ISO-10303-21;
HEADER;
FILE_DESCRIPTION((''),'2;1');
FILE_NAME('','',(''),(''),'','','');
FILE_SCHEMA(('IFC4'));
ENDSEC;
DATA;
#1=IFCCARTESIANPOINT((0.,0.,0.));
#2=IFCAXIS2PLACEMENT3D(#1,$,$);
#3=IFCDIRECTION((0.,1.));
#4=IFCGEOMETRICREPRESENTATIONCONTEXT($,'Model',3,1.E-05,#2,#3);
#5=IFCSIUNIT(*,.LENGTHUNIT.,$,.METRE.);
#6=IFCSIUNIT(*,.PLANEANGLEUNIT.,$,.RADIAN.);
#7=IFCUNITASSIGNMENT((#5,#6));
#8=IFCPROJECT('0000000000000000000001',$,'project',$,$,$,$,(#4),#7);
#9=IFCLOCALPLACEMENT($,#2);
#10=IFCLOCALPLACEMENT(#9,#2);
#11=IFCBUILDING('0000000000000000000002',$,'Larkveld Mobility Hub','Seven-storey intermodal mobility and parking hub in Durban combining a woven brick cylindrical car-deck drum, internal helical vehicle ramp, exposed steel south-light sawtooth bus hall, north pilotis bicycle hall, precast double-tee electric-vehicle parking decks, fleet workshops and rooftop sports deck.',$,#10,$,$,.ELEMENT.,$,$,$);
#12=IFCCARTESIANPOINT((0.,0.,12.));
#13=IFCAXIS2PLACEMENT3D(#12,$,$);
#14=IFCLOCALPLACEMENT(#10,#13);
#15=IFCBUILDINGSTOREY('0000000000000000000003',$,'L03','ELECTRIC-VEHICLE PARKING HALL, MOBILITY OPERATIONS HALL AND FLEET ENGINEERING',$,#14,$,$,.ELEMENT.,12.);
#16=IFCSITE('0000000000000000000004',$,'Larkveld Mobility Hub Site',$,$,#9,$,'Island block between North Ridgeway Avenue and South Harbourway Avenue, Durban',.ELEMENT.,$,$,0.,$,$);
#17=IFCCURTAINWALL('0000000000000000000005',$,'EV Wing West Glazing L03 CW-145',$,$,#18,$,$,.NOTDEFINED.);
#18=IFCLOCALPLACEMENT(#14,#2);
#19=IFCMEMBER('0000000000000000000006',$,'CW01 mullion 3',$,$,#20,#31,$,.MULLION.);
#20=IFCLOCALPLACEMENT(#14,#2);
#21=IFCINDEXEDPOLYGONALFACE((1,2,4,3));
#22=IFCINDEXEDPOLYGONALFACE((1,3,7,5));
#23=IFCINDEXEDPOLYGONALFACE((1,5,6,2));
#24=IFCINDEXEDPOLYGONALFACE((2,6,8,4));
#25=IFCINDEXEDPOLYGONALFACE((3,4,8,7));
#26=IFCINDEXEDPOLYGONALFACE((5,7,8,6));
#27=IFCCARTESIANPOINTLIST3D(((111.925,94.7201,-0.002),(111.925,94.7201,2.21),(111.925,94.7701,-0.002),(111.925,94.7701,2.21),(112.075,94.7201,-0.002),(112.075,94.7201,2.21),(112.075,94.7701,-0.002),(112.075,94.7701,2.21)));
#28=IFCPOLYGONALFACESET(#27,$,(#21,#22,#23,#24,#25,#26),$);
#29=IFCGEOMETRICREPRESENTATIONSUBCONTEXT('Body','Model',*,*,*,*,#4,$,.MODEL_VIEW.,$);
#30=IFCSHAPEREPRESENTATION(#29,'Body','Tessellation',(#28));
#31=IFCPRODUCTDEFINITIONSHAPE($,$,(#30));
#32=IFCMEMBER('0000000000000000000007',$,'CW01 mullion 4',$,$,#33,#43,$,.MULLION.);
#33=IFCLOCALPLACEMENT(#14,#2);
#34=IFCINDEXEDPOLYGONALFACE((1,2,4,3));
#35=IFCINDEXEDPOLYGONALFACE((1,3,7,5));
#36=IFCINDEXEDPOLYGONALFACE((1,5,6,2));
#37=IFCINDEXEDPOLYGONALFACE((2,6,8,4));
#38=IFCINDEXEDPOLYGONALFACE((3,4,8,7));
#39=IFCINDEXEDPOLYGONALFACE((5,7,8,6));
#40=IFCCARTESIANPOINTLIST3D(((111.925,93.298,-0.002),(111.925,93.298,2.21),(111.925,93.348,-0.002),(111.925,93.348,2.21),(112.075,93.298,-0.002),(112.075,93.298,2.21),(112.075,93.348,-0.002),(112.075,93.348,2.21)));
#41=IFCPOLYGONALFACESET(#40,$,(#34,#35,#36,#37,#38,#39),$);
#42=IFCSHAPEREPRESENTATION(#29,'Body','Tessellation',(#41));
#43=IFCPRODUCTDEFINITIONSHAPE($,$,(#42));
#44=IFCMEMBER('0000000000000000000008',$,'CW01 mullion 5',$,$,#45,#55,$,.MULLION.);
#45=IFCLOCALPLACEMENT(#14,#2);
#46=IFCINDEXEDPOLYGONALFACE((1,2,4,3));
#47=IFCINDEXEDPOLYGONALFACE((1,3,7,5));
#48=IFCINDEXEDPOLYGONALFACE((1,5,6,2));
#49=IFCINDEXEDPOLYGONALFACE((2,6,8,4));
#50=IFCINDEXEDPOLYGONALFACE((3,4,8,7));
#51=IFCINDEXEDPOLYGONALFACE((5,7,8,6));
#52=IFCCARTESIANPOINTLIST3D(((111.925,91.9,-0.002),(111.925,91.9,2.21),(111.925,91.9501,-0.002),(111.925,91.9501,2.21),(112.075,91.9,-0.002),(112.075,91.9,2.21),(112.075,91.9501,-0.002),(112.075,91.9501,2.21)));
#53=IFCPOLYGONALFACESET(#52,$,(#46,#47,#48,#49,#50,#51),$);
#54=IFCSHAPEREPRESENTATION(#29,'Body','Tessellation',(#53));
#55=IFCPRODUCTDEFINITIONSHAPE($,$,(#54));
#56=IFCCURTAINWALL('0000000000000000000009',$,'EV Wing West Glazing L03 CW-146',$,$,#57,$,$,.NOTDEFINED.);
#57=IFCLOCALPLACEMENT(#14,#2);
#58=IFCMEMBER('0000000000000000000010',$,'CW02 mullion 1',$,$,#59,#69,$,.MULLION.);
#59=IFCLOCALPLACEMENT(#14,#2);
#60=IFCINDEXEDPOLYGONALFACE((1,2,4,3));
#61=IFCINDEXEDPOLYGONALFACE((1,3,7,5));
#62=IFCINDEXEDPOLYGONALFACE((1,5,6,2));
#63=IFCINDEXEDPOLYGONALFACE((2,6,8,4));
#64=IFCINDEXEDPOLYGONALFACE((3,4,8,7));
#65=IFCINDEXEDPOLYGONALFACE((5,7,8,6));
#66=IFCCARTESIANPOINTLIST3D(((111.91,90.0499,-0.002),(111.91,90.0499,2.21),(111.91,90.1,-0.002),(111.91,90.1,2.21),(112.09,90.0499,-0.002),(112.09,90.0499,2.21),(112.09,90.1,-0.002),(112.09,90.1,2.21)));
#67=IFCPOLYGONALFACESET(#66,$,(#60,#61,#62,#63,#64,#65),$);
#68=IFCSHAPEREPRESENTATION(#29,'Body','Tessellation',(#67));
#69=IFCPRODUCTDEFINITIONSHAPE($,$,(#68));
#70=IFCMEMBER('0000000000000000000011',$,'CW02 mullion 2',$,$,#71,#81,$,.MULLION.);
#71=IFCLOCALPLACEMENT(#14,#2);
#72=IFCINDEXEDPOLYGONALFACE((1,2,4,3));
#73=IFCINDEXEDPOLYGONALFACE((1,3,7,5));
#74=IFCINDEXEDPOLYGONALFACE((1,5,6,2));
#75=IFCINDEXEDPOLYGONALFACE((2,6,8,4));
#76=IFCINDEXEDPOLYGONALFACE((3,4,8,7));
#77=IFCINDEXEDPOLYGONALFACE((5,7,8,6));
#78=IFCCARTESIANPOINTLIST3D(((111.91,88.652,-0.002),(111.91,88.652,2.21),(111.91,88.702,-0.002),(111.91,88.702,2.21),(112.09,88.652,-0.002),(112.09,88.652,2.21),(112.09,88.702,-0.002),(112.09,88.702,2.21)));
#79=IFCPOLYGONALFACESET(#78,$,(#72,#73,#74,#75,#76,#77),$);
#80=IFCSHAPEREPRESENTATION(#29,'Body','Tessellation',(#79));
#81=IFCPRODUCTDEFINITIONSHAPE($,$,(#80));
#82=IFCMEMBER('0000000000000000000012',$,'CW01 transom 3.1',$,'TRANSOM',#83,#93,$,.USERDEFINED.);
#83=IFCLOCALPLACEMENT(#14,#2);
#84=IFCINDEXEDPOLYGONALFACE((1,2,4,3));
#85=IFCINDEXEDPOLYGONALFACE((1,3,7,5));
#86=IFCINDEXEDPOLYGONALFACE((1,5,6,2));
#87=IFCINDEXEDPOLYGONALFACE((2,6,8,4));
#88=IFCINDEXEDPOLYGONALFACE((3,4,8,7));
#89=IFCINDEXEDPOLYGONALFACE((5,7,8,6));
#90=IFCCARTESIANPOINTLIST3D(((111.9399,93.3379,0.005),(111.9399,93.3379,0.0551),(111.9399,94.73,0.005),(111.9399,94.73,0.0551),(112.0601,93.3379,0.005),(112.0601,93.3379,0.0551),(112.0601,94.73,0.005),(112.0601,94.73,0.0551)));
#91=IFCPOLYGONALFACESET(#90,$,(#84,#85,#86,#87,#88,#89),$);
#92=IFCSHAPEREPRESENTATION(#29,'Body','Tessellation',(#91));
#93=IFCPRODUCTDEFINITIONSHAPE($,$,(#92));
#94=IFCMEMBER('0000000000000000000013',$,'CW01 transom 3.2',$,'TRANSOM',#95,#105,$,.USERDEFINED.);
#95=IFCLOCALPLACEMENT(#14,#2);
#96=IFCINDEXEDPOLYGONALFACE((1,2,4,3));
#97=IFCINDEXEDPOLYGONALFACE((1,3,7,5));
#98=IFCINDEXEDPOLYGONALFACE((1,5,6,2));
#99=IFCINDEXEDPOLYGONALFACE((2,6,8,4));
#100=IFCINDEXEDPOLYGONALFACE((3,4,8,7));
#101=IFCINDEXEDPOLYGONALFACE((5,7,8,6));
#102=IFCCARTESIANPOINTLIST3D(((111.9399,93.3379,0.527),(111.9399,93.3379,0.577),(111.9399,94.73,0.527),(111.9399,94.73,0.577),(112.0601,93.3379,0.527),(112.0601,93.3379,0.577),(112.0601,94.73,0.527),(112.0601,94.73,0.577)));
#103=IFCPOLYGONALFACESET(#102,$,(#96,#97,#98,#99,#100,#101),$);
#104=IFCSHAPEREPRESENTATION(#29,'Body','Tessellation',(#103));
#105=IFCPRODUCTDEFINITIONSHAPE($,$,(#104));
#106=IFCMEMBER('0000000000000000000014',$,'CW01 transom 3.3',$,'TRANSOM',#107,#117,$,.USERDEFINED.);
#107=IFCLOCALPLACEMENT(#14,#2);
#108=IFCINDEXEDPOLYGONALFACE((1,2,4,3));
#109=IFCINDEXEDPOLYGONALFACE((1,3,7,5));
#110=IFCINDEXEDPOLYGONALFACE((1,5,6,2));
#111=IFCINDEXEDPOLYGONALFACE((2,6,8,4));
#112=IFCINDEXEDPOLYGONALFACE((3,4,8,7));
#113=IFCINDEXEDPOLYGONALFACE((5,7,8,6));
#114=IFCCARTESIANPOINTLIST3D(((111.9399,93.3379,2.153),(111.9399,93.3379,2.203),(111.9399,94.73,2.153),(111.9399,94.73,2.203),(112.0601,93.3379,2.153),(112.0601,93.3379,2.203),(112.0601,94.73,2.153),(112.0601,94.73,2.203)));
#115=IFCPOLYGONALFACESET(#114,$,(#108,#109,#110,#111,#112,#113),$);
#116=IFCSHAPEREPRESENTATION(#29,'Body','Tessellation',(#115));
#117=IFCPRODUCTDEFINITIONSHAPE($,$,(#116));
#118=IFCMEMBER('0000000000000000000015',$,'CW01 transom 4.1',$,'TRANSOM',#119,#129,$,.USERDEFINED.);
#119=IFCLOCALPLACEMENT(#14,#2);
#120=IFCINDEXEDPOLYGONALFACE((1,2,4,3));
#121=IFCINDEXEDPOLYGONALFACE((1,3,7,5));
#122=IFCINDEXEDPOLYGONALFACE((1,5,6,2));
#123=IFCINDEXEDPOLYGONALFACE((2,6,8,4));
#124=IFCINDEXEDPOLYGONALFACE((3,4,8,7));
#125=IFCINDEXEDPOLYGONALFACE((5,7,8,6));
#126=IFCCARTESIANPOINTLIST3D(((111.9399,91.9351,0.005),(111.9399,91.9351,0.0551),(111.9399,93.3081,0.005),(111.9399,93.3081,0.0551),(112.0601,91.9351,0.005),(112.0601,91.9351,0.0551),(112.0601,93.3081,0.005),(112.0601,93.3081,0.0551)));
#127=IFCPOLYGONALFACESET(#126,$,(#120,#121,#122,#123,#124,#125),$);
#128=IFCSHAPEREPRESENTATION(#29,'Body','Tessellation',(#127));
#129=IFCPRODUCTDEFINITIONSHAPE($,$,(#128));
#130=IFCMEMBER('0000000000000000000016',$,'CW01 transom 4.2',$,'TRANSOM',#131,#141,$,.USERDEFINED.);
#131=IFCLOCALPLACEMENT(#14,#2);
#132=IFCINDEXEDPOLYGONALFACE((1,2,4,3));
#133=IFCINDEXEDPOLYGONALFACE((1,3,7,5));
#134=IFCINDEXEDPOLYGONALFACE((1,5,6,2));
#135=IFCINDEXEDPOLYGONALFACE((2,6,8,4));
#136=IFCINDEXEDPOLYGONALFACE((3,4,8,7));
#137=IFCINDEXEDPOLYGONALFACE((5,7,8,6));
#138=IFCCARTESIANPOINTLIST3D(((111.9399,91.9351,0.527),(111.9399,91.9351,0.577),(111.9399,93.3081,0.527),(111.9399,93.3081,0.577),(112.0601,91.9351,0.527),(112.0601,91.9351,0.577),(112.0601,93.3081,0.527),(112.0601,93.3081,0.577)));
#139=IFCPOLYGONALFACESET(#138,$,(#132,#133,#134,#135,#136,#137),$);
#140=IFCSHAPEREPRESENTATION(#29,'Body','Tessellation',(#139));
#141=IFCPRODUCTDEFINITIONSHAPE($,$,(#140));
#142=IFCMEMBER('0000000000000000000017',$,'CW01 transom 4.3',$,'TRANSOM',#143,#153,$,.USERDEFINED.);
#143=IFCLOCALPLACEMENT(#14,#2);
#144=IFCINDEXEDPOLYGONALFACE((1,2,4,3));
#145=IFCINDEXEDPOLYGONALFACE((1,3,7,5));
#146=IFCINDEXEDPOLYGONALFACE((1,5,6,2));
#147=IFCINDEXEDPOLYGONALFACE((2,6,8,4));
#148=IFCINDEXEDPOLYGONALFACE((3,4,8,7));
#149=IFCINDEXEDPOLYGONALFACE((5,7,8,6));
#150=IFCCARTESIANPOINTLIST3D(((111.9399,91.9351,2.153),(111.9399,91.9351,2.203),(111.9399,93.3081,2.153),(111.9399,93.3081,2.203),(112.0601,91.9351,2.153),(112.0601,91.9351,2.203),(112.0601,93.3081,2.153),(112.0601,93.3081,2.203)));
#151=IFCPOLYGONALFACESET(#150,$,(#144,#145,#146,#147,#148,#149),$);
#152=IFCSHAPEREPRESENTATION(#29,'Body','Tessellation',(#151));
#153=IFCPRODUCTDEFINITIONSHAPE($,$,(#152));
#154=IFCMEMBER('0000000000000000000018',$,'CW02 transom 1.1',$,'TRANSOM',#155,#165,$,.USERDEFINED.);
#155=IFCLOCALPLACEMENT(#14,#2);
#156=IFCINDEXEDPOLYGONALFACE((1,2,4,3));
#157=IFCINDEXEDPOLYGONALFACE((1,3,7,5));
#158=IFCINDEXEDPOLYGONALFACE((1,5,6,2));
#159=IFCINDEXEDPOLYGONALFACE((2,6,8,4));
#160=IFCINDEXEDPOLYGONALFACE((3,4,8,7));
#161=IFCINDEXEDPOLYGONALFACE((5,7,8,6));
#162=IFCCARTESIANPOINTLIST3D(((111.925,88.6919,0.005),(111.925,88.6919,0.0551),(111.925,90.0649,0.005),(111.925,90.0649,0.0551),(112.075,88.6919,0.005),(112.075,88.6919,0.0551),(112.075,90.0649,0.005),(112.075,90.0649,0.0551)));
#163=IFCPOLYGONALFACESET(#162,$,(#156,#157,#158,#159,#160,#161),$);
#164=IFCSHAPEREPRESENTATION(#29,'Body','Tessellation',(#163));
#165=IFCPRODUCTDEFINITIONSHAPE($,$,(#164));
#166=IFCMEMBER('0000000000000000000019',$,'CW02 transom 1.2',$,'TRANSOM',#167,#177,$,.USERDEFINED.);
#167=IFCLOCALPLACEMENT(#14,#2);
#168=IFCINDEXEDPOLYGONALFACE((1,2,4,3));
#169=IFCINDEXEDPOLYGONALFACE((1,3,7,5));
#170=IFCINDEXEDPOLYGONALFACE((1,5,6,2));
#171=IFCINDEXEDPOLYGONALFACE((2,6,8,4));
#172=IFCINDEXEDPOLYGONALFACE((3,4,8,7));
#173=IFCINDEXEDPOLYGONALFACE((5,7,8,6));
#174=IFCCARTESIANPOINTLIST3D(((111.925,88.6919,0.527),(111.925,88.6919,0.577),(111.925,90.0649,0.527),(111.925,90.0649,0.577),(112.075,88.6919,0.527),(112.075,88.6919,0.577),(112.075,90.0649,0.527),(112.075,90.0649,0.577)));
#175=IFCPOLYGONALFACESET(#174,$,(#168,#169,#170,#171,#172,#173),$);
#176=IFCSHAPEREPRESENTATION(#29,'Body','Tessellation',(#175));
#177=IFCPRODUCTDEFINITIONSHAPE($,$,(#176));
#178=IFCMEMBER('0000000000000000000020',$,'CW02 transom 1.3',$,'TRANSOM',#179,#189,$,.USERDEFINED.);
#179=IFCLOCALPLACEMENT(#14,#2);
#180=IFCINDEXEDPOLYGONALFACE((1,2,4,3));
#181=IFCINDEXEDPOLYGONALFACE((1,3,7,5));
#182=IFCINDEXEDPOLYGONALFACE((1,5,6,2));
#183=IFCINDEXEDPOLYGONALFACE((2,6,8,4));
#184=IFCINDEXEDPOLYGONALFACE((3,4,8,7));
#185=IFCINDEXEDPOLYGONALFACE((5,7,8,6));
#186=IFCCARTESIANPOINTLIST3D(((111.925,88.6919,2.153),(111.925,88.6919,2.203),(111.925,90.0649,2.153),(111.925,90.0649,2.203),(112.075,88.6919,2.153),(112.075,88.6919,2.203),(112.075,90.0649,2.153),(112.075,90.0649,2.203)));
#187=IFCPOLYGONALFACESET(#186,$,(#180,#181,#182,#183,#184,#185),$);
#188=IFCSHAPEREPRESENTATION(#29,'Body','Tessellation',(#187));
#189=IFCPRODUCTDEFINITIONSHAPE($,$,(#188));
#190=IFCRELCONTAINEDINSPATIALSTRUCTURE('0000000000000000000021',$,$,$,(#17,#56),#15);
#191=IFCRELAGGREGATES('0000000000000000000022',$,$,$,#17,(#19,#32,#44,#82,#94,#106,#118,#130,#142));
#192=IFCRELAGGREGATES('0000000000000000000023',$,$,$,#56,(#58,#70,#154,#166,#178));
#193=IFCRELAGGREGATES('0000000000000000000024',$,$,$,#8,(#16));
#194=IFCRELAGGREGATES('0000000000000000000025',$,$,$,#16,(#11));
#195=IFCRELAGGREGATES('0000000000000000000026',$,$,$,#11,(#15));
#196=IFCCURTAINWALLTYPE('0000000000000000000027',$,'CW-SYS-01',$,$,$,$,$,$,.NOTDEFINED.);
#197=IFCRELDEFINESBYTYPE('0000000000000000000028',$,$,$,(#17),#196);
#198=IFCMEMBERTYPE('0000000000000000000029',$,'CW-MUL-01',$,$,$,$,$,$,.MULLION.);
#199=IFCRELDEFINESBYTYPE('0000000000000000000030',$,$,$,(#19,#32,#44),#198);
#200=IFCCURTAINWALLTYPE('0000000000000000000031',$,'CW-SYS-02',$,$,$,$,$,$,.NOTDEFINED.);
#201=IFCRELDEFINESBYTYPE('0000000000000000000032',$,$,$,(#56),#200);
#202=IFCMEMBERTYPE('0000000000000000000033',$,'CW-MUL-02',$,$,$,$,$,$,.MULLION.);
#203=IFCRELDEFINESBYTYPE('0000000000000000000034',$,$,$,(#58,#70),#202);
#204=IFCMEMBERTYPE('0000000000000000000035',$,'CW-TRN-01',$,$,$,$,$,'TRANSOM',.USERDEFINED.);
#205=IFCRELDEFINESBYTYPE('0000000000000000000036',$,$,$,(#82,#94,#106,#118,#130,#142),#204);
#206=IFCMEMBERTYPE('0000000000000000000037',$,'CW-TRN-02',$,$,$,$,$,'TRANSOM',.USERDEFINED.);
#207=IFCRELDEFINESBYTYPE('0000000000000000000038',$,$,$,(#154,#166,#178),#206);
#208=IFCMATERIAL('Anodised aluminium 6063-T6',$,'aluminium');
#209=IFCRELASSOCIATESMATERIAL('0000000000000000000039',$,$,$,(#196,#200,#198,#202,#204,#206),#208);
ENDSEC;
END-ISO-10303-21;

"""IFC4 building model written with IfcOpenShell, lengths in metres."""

from ifc_helpers import new_model, si_unit, direction, frame, origin, origin_2d, place, context, subcontext, project, spatial, rectangle, extrude, material, material_profile, profile_set, type_object, element, aggregate, save


model = new_model("IFC4")

# Units and contexts
model_context = context("Model", 3, precision=1e-05, world=origin(), true_north=direction((0.0, 1.0)))
body_context = subcontext(model_context, "Body", "Model", "MODEL_VIEW")
ifc_project = project(units=[si_unit("LENGTHUNIT", "METRE"), si_unit("PLANEANGLEUNIT", "RADIAN")], contexts=[model_context])

# Site, building, storey
site_placement = place(None, origin())
site = spatial("IfcSite", under=ifc_project, at=site_placement, Name="Larkveld Mobility Hub Site", LongName="Island block between North Ridgeway Avenue and South Harbourway Avenue, Durban", CompositionType="ELEMENT", RefElevation=0.0)
building_placement = place(site_placement, origin())
building = spatial("IfcBuilding", under=site, at=building_placement, Name="Larkveld Mobility Hub", Description="Seven-storey intermodal mobility and parking hub in Durban combining a woven brick cylindrical car-deck drum, internal helical vehicle ramp, exposed steel south-light sawtooth bus hall, north pilotis bicycle hall, precast double-tee electric-vehicle parking decks, fleet workshops and rooftop sports deck.", CompositionType="ELEMENT")
storey_placement = place(building_placement, frame((0.0, 0.0, 12.0)))
storey = spatial("IfcBuildingStorey", under=building, at=storey_placement, Name="L03", Description="ELECTRIC-VEHICLE PARKING HALL, MOBILITY OPERATIONS HALL AND FLEET ENGINEERING", CompositionType="ELEMENT", Elevation=12.0)

# Curtain walls, members
ifc_material_1 = material(Name="Anodised aluminium 6063-T6", Category="aluminium")
curtain_wall_type_1 = type_object("IfcCurtainWallType", Name="CW-SYS-01", PredefinedType="NOTDEFINED", material=ifc_material_1)
curtain_wall_1_placement = place(storey_placement, origin())
curtain_wall_1 = element("IfcCurtainWall", 1, at=curtain_wall_1_placement, inside=storey, type_object=curtain_wall_type_1, Name="EV Wing West Glazing L03 CW-145", PredefinedType="NOTDEFINED")
ifc_material_profile_1 = material_profile(ifc_material_1, rectangle(XDim=0.05, YDim=0.1499, at=origin_2d()), Name="ALU MULL 50x150")
ifc_profile_set_1 = profile_set([ifc_material_profile_1], Name="Anodised aluminium 6063-T6")
member_type_1 = type_object("IfcMemberType", Name="CW-MUL-01", PredefinedType="MULLION", material=ifc_profile_set_1)
member_1_placement = place(storey_placement, frame((112.0, 94.7451, -0.002), z_axis=(0.0, 0.0, 1.0), x_axis=(0.0, -1.0, 0.0)))
member_1 = element("IfcMember", 2, at=member_1_placement, type_object=member_type_1, Name="CW01 mullion 3", PredefinedType="MULLION", context=body_context, shape_type="SweptSolid", body=[
    extrude(rectangle(XDim=0.05, YDim=0.1499, at=origin_2d()), origin(), (0.0, 0.0, 1.0), 2.2119),
])
member_2_placement = place(storey_placement, frame((112.0, 93.323, -0.002), z_axis=(0.0, 0.0, 1.0), x_axis=(0.0, -1.0, 0.0)))
member_2 = element("IfcMember", 3, at=member_2_placement, type_object=member_type_1, Name="CW01 mullion 4", PredefinedType="MULLION", context=body_context, shape_type="SweptSolid", body=[
    extrude(rectangle(XDim=0.05, YDim=0.1499, at=origin_2d()), origin(), (0.0, 0.0, 1.0), 2.2119),
])
member_3_placement = place(storey_placement, frame((112.0, 91.925, -0.002), z_axis=(0.0, 0.0, 1.0), x_axis=(0.0, -1.0, 0.0)))
member_3 = element("IfcMember", 4, at=member_3_placement, type_object=member_type_1, Name="CW01 mullion 5", PredefinedType="MULLION", context=body_context, shape_type="SweptSolid", body=[
    extrude(rectangle(XDim=0.05, YDim=0.1499, at=origin_2d()), origin(), (0.0, 0.0, 1.0), 2.2119),
])
curtain_wall_type_2 = type_object("IfcCurtainWallType", Name="CW-SYS-02", PredefinedType="NOTDEFINED", material=ifc_material_1)
curtain_wall_2_placement = place(storey_placement, origin())
curtain_wall_2 = element("IfcCurtainWall", 5, at=curtain_wall_2_placement, inside=storey, type_object=curtain_wall_type_2, Name="EV Wing West Glazing L03 CW-146", PredefinedType="NOTDEFINED")
ifc_material_profile_2 = material_profile(ifc_material_1, rectangle(XDim=0.05, YDim=0.1799, at=origin_2d()), Name="ALU MULL 50x180")
ifc_profile_set_2 = profile_set([ifc_material_profile_2], Name="Anodised aluminium 6063-T6")
member_type_2 = type_object("IfcMemberType", Name="CW-MUL-02", PredefinedType="MULLION", material=ifc_profile_set_2)
member_4_placement = place(storey_placement, frame((112.0, 90.075, -0.002), z_axis=(0.0, 0.0, 1.0), x_axis=(0.0, -1.0, 0.0)))
member_4 = element("IfcMember", 6, at=member_4_placement, type_object=member_type_2, Name="CW02 mullion 1", PredefinedType="MULLION", context=body_context, shape_type="SweptSolid", body=[
    extrude(rectangle(XDim=0.05, YDim=0.1799, at=origin_2d()), origin(), (0.0, 0.0, 1.0), 2.2119),
])
member_5_placement = place(storey_placement, frame((112.0, 88.677, -0.002), z_axis=(0.0, 0.0, 1.0), x_axis=(0.0, -1.0, 0.0)))
member_5 = element("IfcMember", 7, at=member_5_placement, type_object=member_type_2, Name="CW02 mullion 2", PredefinedType="MULLION", context=body_context, shape_type="SweptSolid", body=[
    extrude(rectangle(XDim=0.05, YDim=0.1799, at=origin_2d()), origin(), (0.0, 0.0, 1.0), 2.2119),
])

# Members
ifc_material_profile_3 = material_profile(ifc_material_1, rectangle(XDim=0.1201, YDim=0.05, at=origin_2d()), Name="ALU TRAN 50x120")
ifc_profile_set_3 = profile_set([ifc_material_profile_3], Name="Anodised aluminium 6063-T6")
member_type_3 = type_object("IfcMemberType", Name="CW-TRN-01", ElementType="TRANSOM", PredefinedType="USERDEFINED", material=ifc_profile_set_3)
member_6_placement = place(storey_placement, frame((112.0, 94.73, 0.03), z_axis=(0.0, -1.0, 0.0), x_axis=(1.0, 0.0, 0.0)))
member_6 = element("IfcMember", 8, at=member_6_placement, type_object=member_type_3, Name="CW01 transom 3.1", ObjectType="TRANSOM", PredefinedType="USERDEFINED", context=body_context, shape_type="SweptSolid", body=[
    extrude(rectangle(XDim=0.1201, YDim=0.05, at=origin_2d()), origin(), (0.0, 0.0, 1.0), 1.3921),
])
member_7_placement = place(storey_placement, frame((112.0, 94.73, 0.552), z_axis=(0.0, -1.0, 0.0), x_axis=(1.0, 0.0, 0.0)))
member_7 = element("IfcMember", 9, at=member_7_placement, type_object=member_type_3, Name="CW01 transom 3.2", ObjectType="TRANSOM", PredefinedType="USERDEFINED", context=body_context, shape_type="SweptSolid", body=[
    extrude(rectangle(XDim=0.1201, YDim=0.05, at=origin_2d()), origin(), (0.0, 0.0, 1.0), 1.3921),
])
member_8_placement = place(storey_placement, frame((112.0, 94.73, 2.178), z_axis=(0.0, -1.0, 0.0), x_axis=(1.0, 0.0, 0.0)))
member_8 = element("IfcMember", 10, at=member_8_placement, type_object=member_type_3, Name="CW01 transom 3.3", ObjectType="TRANSOM", PredefinedType="USERDEFINED", context=body_context, shape_type="SweptSolid", body=[
    extrude(rectangle(XDim=0.1201, YDim=0.05, at=origin_2d()), origin(), (0.0, 0.0, 1.0), 1.3921),
])
member_9_placement = place(storey_placement, frame((112.0, 93.3081, 0.03), z_axis=(0.0, -1.0, 0.0), x_axis=(1.0, 0.0, 0.0)))
member_9 = element("IfcMember", 11, at=member_9_placement, type_object=member_type_3, Name="CW01 transom 4.1", ObjectType="TRANSOM", PredefinedType="USERDEFINED", context=body_context, shape_type="SweptSolid", body=[
    extrude(rectangle(XDim=0.1201, YDim=0.05, at=origin_2d()), origin(), (0.0, 0.0, 1.0), 1.373),
])
member_10_placement = place(storey_placement, frame((112.0, 93.3081, 0.552), z_axis=(0.0, -1.0, 0.0), x_axis=(1.0, 0.0, 0.0)))
member_10 = element("IfcMember", 12, at=member_10_placement, type_object=member_type_3, Name="CW01 transom 4.2", ObjectType="TRANSOM", PredefinedType="USERDEFINED", context=body_context, shape_type="SweptSolid", body=[
    extrude(rectangle(XDim=0.1201, YDim=0.05, at=origin_2d()), origin(), (0.0, 0.0, 1.0), 1.373),
])
member_11_placement = place(storey_placement, frame((112.0, 93.3081, 2.178), z_axis=(0.0, -1.0, 0.0), x_axis=(1.0, 0.0, 0.0)))
member_11 = element("IfcMember", 13, at=member_11_placement, type_object=member_type_3, Name="CW01 transom 4.3", ObjectType="TRANSOM", PredefinedType="USERDEFINED", context=body_context, shape_type="SweptSolid", body=[
    extrude(rectangle(XDim=0.1201, YDim=0.05, at=origin_2d()), origin(), (0.0, 0.0, 1.0), 1.373),
])
ifc_material_profile_4 = material_profile(ifc_material_1, rectangle(XDim=0.1499, YDim=0.05, at=origin_2d()), Name="ALU TRAN 50x150")
ifc_profile_set_4 = profile_set([ifc_material_profile_4], Name="Anodised aluminium 6063-T6")
member_type_4 = type_object("IfcMemberType", Name="CW-TRN-02", ElementType="TRANSOM", PredefinedType="USERDEFINED", material=ifc_profile_set_4)
member_12_placement = place(storey_placement, frame((112.0, 90.0649, 0.03), z_axis=(0.0, -1.0, 0.0), x_axis=(1.0, 0.0, 0.0)))
member_12 = element("IfcMember", 14, at=member_12_placement, type_object=member_type_4, Name="CW02 transom 1.1", ObjectType="TRANSOM", PredefinedType="USERDEFINED", context=body_context, shape_type="SweptSolid", body=[
    extrude(rectangle(XDim=0.1499, YDim=0.05, at=origin_2d()), origin(), (0.0, 0.0, 1.0), 1.373),
])
member_13_placement = place(storey_placement, frame((112.0, 90.0649, 0.552), z_axis=(0.0, -1.0, 0.0), x_axis=(1.0, 0.0, 0.0)))
member_13 = element("IfcMember", 15, at=member_13_placement, type_object=member_type_4, Name="CW02 transom 1.2", ObjectType="TRANSOM", PredefinedType="USERDEFINED", context=body_context, shape_type="SweptSolid", body=[
    extrude(rectangle(XDim=0.1499, YDim=0.05, at=origin_2d()), origin(), (0.0, 0.0, 1.0), 1.373),
])
member_14_placement = place(storey_placement, frame((112.0, 90.0649, 2.178), z_axis=(0.0, -1.0, 0.0), x_axis=(1.0, 0.0, 0.0)))
member_14 = element("IfcMember", 16, at=member_14_placement, type_object=member_type_4, Name="CW02 transom 1.3", ObjectType="TRANSOM", PredefinedType="USERDEFINED", context=body_context, shape_type="SweptSolid", body=[
    extrude(rectangle(XDim=0.1499, YDim=0.05, at=origin_2d()), origin(), (0.0, 0.0, 1.0), 1.373),
])

aggregate(curtain_wall_1, [member_1, member_2, member_3, member_6, member_7, member_8, member_9, member_10, member_11])
aggregate(curtain_wall_2, [member_4, member_5, member_12, member_13, member_14])

save(model, "model.ifc")
